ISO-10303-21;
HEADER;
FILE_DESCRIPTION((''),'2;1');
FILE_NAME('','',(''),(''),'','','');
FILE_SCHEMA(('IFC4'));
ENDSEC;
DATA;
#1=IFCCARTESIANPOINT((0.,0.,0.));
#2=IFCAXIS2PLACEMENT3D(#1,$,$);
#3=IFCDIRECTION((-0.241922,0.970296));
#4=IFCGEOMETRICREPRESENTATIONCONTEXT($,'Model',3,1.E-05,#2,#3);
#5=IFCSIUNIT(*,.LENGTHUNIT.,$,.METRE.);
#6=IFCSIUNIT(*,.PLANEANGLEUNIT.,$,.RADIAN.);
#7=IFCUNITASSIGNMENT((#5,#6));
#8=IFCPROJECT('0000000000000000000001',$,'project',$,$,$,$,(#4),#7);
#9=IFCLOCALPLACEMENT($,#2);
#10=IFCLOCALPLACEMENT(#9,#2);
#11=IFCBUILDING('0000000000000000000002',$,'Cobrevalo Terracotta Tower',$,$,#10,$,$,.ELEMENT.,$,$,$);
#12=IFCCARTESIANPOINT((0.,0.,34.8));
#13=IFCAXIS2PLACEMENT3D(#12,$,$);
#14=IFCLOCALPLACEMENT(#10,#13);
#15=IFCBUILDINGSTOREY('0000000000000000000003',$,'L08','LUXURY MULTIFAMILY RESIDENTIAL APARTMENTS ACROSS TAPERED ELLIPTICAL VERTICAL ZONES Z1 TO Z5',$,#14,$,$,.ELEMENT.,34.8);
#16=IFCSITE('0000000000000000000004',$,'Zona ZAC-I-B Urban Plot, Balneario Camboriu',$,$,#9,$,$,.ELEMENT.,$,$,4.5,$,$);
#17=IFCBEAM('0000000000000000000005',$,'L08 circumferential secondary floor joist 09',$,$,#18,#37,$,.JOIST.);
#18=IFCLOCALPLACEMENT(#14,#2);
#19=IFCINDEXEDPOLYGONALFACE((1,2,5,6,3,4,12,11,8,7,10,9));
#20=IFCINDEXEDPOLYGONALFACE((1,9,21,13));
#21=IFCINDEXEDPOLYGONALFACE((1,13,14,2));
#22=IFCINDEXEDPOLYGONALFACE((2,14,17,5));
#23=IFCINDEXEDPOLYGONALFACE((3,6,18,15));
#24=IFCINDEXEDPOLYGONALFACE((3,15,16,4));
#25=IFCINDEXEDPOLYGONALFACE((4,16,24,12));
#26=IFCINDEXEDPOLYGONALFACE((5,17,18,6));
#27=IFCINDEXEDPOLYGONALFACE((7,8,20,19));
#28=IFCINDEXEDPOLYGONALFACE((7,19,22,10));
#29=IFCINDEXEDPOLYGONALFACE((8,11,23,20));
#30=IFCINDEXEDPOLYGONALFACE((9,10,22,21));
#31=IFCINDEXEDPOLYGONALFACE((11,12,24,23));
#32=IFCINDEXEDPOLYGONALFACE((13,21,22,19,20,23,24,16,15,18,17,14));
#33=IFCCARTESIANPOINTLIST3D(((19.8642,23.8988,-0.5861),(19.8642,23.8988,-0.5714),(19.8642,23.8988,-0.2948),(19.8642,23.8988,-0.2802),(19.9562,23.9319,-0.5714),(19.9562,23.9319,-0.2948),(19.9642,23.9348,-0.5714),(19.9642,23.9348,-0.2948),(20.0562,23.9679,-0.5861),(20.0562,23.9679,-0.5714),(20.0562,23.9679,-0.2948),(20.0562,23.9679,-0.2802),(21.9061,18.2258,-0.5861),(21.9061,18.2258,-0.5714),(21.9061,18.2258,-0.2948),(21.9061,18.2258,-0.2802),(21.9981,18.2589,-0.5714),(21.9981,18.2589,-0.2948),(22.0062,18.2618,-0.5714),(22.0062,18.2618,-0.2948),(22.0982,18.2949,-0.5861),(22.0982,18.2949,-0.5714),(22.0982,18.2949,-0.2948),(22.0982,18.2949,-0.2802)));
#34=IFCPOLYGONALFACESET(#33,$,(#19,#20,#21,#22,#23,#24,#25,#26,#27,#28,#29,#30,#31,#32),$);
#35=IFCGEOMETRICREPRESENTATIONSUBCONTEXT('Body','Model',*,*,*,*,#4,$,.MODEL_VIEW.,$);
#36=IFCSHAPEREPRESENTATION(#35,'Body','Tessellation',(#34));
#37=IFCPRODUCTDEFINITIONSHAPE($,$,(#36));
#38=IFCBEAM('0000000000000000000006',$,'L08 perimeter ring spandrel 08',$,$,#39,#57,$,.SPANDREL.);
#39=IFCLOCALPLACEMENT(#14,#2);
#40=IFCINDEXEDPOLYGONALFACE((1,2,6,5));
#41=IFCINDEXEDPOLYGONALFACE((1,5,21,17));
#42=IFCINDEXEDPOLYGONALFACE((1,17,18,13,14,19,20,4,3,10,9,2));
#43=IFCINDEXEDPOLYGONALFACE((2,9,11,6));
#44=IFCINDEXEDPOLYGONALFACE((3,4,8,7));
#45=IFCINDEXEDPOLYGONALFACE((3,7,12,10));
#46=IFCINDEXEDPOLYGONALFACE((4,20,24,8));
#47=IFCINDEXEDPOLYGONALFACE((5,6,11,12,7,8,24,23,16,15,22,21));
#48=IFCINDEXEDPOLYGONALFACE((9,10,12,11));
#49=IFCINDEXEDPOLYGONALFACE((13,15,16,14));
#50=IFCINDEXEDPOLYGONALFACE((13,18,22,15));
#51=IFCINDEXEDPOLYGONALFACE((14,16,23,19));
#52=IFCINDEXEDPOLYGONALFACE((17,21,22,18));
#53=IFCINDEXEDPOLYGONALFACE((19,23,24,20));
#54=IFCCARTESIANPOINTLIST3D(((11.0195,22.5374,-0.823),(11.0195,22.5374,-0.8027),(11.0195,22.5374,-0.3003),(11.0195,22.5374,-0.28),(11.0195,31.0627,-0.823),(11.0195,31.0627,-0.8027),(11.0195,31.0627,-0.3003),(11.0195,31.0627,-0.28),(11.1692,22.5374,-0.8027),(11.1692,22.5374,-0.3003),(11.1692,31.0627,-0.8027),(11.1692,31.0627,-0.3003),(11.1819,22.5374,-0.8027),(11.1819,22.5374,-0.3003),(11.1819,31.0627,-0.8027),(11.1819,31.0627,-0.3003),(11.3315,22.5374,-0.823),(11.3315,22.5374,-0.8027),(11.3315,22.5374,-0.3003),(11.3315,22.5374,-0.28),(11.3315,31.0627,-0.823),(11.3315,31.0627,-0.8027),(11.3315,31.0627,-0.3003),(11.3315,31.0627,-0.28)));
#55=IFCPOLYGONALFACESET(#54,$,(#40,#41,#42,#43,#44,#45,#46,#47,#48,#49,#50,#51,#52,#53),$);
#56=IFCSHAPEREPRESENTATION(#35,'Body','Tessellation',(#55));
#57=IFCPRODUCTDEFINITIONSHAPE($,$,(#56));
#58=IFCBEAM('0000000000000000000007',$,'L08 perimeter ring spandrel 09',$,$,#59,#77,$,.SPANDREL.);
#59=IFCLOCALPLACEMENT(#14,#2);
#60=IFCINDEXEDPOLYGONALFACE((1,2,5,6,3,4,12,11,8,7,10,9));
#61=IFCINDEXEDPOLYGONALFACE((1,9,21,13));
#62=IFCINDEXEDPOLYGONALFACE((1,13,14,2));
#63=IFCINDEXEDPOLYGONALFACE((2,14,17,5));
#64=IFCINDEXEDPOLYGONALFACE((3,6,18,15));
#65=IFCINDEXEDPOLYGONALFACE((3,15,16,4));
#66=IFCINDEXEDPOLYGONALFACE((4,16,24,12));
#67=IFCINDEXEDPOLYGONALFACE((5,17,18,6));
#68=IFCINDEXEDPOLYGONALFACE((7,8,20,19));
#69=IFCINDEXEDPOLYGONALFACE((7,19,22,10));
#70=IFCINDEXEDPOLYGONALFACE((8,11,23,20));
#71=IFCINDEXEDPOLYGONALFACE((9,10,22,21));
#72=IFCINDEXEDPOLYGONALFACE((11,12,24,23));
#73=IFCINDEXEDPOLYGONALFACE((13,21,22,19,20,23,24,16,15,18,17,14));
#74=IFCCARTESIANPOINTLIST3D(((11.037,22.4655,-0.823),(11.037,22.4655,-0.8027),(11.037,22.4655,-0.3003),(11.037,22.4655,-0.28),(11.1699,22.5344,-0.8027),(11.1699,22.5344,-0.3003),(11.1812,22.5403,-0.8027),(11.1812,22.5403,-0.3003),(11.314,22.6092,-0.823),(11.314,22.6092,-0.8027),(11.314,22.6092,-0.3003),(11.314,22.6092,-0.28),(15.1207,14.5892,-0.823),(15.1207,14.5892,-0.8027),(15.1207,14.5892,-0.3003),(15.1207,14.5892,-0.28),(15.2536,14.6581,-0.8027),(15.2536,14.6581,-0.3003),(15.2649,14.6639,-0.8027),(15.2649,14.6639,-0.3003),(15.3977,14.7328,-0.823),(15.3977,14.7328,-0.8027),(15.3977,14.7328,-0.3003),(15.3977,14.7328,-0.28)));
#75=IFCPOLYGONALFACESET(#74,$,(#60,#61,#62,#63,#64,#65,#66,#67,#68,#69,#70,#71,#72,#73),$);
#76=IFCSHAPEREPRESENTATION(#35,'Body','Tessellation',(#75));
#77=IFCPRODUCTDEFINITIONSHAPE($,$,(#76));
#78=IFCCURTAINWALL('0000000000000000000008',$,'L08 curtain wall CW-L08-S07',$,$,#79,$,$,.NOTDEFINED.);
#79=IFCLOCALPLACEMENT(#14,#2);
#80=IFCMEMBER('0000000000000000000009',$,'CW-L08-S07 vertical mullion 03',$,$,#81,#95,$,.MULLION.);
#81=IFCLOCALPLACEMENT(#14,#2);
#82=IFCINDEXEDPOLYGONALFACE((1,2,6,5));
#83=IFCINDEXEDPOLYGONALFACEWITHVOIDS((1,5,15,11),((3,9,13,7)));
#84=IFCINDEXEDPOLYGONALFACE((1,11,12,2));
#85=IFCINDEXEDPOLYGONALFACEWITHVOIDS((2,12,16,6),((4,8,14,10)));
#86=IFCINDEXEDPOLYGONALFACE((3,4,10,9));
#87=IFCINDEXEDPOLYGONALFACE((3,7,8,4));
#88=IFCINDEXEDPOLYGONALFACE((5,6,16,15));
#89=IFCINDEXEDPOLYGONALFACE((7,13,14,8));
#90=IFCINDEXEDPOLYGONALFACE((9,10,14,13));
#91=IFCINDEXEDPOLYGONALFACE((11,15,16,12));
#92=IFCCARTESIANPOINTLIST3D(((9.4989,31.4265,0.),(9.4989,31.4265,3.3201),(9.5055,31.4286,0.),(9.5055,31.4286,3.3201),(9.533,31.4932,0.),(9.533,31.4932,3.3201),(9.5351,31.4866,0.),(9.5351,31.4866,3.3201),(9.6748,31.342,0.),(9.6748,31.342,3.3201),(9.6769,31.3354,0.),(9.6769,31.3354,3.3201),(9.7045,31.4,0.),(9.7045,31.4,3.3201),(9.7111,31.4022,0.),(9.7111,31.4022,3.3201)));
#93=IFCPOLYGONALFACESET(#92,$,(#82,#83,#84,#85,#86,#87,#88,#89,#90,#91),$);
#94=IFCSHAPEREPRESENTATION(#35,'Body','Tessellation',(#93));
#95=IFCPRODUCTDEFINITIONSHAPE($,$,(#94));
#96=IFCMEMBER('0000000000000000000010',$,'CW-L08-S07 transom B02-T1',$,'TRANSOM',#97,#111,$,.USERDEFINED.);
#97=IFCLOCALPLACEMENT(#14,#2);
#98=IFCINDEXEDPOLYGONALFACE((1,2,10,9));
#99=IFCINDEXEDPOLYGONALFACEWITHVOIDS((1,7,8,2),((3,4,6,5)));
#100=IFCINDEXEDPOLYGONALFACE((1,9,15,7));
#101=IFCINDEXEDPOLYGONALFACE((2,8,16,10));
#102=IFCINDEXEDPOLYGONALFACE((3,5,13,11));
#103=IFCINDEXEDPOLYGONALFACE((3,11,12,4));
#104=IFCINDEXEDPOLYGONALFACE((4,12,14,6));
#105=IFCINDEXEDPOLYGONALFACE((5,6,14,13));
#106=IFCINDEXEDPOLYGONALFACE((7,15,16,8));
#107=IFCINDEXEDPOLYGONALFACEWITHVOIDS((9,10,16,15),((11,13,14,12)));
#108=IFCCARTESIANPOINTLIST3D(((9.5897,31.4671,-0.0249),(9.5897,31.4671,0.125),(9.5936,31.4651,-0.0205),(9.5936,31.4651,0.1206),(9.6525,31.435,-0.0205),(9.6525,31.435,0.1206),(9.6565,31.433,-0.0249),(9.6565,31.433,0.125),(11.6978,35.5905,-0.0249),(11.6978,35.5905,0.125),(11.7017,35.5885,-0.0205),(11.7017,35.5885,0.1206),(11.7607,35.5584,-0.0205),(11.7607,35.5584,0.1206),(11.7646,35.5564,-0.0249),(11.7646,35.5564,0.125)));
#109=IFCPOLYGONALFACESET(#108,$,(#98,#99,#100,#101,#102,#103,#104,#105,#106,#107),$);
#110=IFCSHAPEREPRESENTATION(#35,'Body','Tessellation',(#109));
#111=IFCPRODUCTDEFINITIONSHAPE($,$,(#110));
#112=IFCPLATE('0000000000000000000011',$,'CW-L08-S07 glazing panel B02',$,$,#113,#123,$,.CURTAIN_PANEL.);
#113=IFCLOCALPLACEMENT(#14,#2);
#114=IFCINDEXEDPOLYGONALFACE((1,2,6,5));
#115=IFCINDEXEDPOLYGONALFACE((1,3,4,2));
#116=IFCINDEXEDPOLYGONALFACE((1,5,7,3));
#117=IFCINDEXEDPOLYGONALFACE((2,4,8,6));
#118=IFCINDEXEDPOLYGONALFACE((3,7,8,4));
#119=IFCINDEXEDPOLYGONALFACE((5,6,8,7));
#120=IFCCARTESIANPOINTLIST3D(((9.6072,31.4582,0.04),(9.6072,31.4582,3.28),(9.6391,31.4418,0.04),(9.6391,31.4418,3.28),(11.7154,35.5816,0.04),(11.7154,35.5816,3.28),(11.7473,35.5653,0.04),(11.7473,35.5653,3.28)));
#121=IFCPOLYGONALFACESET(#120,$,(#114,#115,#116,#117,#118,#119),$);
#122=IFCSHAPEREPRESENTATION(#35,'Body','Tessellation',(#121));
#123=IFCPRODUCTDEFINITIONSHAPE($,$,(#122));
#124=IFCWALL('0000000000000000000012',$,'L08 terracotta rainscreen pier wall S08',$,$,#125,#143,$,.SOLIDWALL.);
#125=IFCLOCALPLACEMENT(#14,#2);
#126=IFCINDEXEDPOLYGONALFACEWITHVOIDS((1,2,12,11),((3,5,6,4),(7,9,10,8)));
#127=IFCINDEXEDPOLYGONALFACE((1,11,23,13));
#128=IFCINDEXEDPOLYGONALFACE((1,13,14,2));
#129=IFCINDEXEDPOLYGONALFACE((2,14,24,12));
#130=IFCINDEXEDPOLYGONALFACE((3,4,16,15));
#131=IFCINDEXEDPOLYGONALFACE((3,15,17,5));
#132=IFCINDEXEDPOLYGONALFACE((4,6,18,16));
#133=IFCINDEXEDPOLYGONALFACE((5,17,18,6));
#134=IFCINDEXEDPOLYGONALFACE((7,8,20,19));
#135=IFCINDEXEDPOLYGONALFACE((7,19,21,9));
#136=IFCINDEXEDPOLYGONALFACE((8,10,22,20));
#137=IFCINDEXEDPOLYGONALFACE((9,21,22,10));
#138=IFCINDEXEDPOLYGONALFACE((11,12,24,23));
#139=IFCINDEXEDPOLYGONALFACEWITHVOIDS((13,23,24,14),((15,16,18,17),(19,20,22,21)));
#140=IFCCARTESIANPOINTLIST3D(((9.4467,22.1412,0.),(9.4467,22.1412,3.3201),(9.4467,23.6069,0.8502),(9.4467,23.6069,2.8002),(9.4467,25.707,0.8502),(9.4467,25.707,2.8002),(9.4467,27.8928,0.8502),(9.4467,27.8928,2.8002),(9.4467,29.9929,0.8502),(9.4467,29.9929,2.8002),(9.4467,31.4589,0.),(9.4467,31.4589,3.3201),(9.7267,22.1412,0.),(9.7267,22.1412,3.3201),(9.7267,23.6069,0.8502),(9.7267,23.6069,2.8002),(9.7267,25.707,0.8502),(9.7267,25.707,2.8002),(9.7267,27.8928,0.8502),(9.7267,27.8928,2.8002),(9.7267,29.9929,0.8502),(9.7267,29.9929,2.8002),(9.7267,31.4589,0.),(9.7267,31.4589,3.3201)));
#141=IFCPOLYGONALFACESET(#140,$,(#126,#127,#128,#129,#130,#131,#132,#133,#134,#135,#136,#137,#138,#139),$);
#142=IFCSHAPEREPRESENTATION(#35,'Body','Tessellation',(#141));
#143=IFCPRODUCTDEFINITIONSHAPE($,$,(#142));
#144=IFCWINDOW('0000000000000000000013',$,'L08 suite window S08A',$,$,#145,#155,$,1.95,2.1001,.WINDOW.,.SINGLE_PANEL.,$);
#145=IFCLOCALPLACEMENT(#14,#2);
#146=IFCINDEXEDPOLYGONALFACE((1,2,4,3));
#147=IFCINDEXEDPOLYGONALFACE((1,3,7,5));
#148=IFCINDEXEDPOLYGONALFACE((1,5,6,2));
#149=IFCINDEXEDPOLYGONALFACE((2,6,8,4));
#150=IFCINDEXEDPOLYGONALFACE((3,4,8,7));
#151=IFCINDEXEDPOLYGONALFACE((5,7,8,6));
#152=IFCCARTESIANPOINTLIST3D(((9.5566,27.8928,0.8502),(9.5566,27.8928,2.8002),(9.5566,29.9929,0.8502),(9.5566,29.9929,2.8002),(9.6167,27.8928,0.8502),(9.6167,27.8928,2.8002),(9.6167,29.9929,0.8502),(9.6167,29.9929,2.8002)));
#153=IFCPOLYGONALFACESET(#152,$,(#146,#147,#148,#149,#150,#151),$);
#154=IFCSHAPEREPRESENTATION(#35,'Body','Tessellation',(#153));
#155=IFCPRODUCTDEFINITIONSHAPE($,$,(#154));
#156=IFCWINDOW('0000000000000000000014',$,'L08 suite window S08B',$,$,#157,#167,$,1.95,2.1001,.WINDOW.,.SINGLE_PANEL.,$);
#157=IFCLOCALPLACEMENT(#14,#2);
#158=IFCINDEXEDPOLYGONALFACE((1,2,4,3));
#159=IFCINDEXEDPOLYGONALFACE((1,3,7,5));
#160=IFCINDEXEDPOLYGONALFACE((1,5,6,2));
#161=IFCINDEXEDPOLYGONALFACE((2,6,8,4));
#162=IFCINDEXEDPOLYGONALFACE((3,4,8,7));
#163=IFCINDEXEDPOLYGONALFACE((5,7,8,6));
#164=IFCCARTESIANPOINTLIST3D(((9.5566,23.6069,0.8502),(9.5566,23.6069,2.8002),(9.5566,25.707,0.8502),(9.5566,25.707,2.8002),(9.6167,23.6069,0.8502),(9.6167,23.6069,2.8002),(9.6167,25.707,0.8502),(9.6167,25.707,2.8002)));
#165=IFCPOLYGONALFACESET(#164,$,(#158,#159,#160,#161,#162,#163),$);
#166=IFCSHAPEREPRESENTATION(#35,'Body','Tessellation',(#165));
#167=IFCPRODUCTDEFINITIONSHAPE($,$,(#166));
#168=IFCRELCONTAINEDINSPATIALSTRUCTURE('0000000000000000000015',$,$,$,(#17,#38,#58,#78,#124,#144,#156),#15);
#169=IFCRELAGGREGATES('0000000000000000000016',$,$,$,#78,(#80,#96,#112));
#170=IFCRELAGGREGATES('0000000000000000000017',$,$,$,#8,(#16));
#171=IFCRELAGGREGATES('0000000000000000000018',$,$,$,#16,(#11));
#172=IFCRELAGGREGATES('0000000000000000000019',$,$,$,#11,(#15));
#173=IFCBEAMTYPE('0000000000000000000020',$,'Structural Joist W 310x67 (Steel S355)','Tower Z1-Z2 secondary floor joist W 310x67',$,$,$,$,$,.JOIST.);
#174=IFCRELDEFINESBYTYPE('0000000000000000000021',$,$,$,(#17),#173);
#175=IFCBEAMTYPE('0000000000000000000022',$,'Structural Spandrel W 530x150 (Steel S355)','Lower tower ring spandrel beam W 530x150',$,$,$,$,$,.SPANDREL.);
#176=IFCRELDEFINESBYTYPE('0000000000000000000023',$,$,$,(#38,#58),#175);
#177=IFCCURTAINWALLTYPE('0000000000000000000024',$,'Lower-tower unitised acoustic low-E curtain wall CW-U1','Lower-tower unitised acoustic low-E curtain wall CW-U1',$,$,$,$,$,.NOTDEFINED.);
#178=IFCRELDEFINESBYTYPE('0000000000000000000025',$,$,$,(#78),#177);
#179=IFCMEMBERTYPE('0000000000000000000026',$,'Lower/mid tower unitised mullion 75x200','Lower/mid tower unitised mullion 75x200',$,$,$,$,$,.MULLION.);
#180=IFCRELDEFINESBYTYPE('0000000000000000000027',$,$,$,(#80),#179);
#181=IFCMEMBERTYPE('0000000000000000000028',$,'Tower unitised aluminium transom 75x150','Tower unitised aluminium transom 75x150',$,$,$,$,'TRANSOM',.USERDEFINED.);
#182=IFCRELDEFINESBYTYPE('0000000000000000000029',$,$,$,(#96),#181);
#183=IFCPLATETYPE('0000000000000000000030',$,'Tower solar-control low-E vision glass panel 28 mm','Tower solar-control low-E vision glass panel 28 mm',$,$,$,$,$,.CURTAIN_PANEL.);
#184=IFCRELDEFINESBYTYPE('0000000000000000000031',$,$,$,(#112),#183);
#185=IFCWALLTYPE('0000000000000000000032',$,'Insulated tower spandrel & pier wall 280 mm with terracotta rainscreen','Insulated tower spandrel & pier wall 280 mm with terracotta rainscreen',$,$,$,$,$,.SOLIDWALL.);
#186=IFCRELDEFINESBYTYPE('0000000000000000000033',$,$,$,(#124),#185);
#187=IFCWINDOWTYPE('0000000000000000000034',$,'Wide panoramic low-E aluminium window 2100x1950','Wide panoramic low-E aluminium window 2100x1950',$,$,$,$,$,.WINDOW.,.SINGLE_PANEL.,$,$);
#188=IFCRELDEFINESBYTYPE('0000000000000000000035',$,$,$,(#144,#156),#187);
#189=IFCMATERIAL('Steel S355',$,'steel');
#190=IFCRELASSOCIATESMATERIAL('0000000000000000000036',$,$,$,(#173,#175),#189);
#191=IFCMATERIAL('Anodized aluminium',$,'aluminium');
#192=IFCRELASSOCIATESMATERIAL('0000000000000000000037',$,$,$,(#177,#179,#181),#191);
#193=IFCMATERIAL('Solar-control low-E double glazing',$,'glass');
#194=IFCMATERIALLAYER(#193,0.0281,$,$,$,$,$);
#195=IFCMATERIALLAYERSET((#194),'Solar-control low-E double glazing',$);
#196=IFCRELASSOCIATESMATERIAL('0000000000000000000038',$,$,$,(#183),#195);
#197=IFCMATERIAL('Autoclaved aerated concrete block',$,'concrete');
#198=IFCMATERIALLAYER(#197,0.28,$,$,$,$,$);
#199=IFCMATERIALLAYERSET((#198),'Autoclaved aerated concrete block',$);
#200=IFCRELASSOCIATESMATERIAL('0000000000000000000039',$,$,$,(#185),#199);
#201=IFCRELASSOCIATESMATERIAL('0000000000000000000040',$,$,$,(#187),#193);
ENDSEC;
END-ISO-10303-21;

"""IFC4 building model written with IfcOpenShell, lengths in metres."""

from ifc_helpers import new_model, si_unit, direction, frame, frame_2d, origin, origin_2d, place, context, subcontext, project, spatial, rectangle, hollow_rectangle, i_section, extrude, source, transform, mapped, material, layer, layer_set, material_profile, profile_set, type_object, element, fill, aggregate, save


model = new_model("IFC4")

# Units and contexts
model_context = context("Model", 3, precision=1e-05, world=origin(), true_north=direction((-0.241922, 0.970296)))
body_context = subcontext(model_context, "Body", "Model", "MODEL_VIEW")
ifc_project = project(units=[si_unit("LENGTHUNIT", "METRE"), si_unit("PLANEANGLEUNIT", "RADIAN")], contexts=[model_context])

# Site, building, storey
site_placement = place(None, origin())
site = spatial("IfcSite", under=ifc_project, at=site_placement, Name="Zona ZAC-I-B Urban Plot, Balneario Camboriu", CompositionType="ELEMENT", RefElevation=4.5)
building_placement = place(site_placement, origin())
building = spatial("IfcBuilding", under=site, at=building_placement, Name="Cobrevalo Terracotta Tower", CompositionType="ELEMENT")
storey_placement = place(building_placement, frame((0.0, 0.0, 34.8)))
storey = spatial("IfcBuildingStorey", under=building, at=storey_placement, Name="L08", Description="LUXURY MULTIFAMILY RESIDENTIAL APARTMENTS ACROSS TAPERED ELLIPTICAL VERTICAL ZONES Z1 TO Z5", CompositionType="ELEMENT", Elevation=34.8)

# Shared definitions
ifc_material_1 = material(Name="Steel S355", Category="steel")

# Beams
ifc_material_profile_1 = material_profile(ifc_material_1, i_section(OverallWidth=0.2041, OverallDepth=0.3059, WebThickness=0.0085, FlangeThickness=0.0146, at=origin_2d()), Name="W 310x67")
ifc_profile_set_1 = profile_set([ifc_material_profile_1], Name="Steel S355")
beam_type_1 = type_object("IfcBeamType", Name="Structural Joist W 310x67 (Steel S355)", Description="Tower Z1-Z2 secondary floor joist W 310x67", PredefinedType="JOIST", material=ifc_profile_set_1)
beam_1_placement = place(storey_placement, frame((19.9602, 23.9333, -0.4331), z_axis=(0.338672, -0.940904, 0.0), x_axis=(0.940904, 0.338672, 0.0)))
element("IfcBeam", 1, at=beam_1_placement, inside=storey, type_object=beam_type_1, Name="L08 circumferential secondary floor joist 09", PredefinedType="JOIST", context=body_context, shape_type="SweptSolid", body=[
    extrude(i_section(OverallWidth=0.2041, OverallDepth=0.3059, WebThickness=0.0085, FlangeThickness=0.0146, at=origin_2d()), origin(), (0.0, 0.0, 1.0), 6.0293),
])
ifc_material_profile_2 = material_profile(ifc_material_1, i_section(OverallWidth=0.312, OverallDepth=0.543, WebThickness=0.0127, FlangeThickness=0.0203, at=origin_2d()), Name="W 530x150")
ifc_profile_set_2 = profile_set([ifc_material_profile_2], Name="Steel S355")
beam_type_2 = type_object("IfcBeamType", Name="Structural Spandrel W 530x150 (Steel S355)", Description="Lower tower ring spandrel beam W 530x150", PredefinedType="SPANDREL", material=ifc_profile_set_2)
beam_2_placement = place(storey_placement, frame((11.1755, 31.0627, -0.5515), z_axis=(0.0, -1.0, 0.0), x_axis=(1.0, 0.0, 0.0)))
element("IfcBeam", 2, at=beam_2_placement, inside=storey, type_object=beam_type_2, Name="L08 perimeter ring spandrel 08", PredefinedType="SPANDREL", context=body_context, shape_type="SweptSolid", body=[
    extrude(i_section(OverallWidth=0.312, OverallDepth=0.543, WebThickness=0.0127, FlangeThickness=0.0203, at=origin_2d()), origin(), (0.0, 0.0, 1.0), 8.5254),
])
beam_3_placement = place(storey_placement, frame((11.1755, 22.5374, -0.5515), z_axis=(0.460286, -0.887771, 0.0), x_axis=(0.887771, 0.460286, 0.0)))
element("IfcBeam", 3, at=beam_3_placement, inside=storey, type_object=beam_type_2, Name="L08 perimeter ring spandrel 09", PredefinedType="SPANDREL", context=body_context, shape_type="SweptSolid", body=[
    extrude(i_section(OverallWidth=0.312, OverallDepth=0.543, WebThickness=0.0127, FlangeThickness=0.0203, at=origin_2d()), origin(), (0.0, 0.0, 1.0), 8.8721),
])

# Curtain wall, members, plate
ifc_material_2 = material(Name="Anodized aluminium", Category="aluminium")
curtain_wall_type = type_object("IfcCurtainWallType", Name="Lower-tower unitised acoustic low-E curtain wall CW-U1", Description="Lower-tower unitised acoustic low-E curtain wall CW-U1", PredefinedType="NOTDEFINED", material=ifc_material_2)
curtain_wall_placement = place(storey_placement, origin())
curtain_wall = element("IfcCurtainWall", 4, at=curtain_wall_placement, inside=storey, type_object=curtain_wall_type, Name="L08 curtain wall CW-L08-S07", PredefinedType="NOTDEFINED")
ifc_material_profile_3 = material_profile(ifc_material_2, hollow_rectangle(XDim=0.075, YDim=0.2, WallThickness=0.0049, at=origin_2d()), Name="CWM 75x200")
ifc_profile_set_3 = profile_set([ifc_material_profile_3], Name="Anodized aluminium")
member_type_1 = type_object("IfcMemberType", Name="Lower/mid tower unitised mullion 75x200", Description="Lower/mid tower unitised mullion 75x200", PredefinedType="MULLION", material=ifc_profile_set_3)
shared_shape_1 = source(origin(), body_context, "Body", "SweptSolid", [
    extrude(hollow_rectangle(XDim=0.075, YDim=0.2, WallThickness=0.0049, at=origin_2d()), origin(), (0.0, 0.0, 1.0), 3.3201),
])
member_1_placement = place(storey_placement, frame((9.605, 31.4143, 0.0), z_axis=(0.0, 0.0, 1.0), x_axis=(-0.455234, -0.890372, 0.0)))
member_1 = element("IfcMember", 5, at=member_1_placement, type_object=member_type_1, Name="CW-L08-S07 vertical mullion 03", PredefinedType="MULLION", context=body_context, shape_type="MappedRepresentation", body=[
    mapped(shared_shape_1, transform((0.0, 0.0, 0.0), scale=1.0)),
])
ifc_material_profile_4 = material_profile(ifc_material_2, hollow_rectangle(XDim=0.075, YDim=0.1499, WallThickness=0.0044, at=origin_2d()), Name="CWT 75x150")
ifc_profile_set_4 = profile_set([ifc_material_profile_4], Name="Anodized aluminium")
member_type_2 = type_object("IfcMemberType", Name="Tower unitised aluminium transom 75x150", Description="Tower unitised aluminium transom 75x150", ElementType="TRANSOM", PredefinedType="USERDEFINED", material=ifc_profile_set_4)
shared_shape_2 = source(origin(), body_context, "Body", "SweptSolid", [
    extrude(hollow_rectangle(XDim=0.075, YDim=0.1499, WallThickness=0.0044, at=origin_2d()), origin(), (0.0, 0.0, 1.0), 4.6311),
])
member_2_placement = place(storey_placement, frame((11.7312, 35.5735, 0.05), z_axis=(-0.455209, -0.890385, 0.0), x_axis=(0.890385, -0.455209, 0.0)))
member_2 = element("IfcMember", 6, at=member_2_placement, type_object=member_type_2, Name="CW-L08-S07 transom B02-T1", ObjectType="TRANSOM", PredefinedType="USERDEFINED", context=body_context, shape_type="MappedRepresentation", body=[
    mapped(shared_shape_2, transform((0.0, 0.0, 0.0), scale=1.0)),
])
ifc_material_3 = material(Name="Solar-control low-E double glazing", Category="glass")
ifc_layer_1 = layer(ifc_material_3, 0.0281)
ifc_layer_set_1 = layer_set([ifc_layer_1], Name="Solar-control low-E double glazing")
plate_type = type_object("IfcPlateType", Name="Tower solar-control low-E vision glass panel 28 mm", Description="Tower solar-control low-E vision glass panel 28 mm", PredefinedType="CURTAIN_PANEL", material=ifc_layer_set_1)
shared_shape_3 = source(origin(), body_context, "Body", "SweptSolid", [
    extrude(rectangle(XDim=4.6311, YDim=0.0359, at=origin_2d()), origin(), (0.0, 0.0, 1.0), 3.24),
])
plate_placement = place(storey_placement, frame((10.6772, 33.5117, 0.04), z_axis=(0.0, 0.0, 1.0), x_axis=(-0.455231, -0.890373, 0.0)))
plate = element("IfcPlate", 7, at=plate_placement, type_object=plate_type, Name="CW-L08-S07 glazing panel B02", PredefinedType="CURTAIN_PANEL", context=body_context, shape_type="MappedRepresentation", body=[
    mapped(shared_shape_3, transform((0.0, 0.0, 0.0), scale=1.0)),
])
aggregate(curtain_wall, [member_1, member_2, plate])

# Wall, openings, windows
ifc_material_4 = material(Name="Autoclaved aerated concrete block", Category="concrete")
ifc_layer_2 = layer(ifc_material_4, 0.28)
ifc_layer_set_2 = layer_set([ifc_layer_2], Name="Autoclaved aerated concrete block")
wall_type_1 = type_object("IfcWallType", Name="Insulated tower spandrel & pier wall 280 mm with terracotta rainscreen", Description="Insulated tower spandrel & pier wall 280 mm with terracotta rainscreen", PredefinedType="SOLIDWALL", material=ifc_layer_set_2)
wall_1_placement = place(storey_placement, frame((9.5867, 31.4587, 0.0), z_axis=(0.0, 0.0, 1.0), x_axis=(0.0, -1.0, 0.0)))
wall_1 = element("IfcWall", 8, at=wall_1_placement, inside=storey, type_object=wall_type_1, Name="L08 terracotta rainscreen pier wall S08", PredefinedType="SOLIDWALL", context=body_context, shape_type="SweptSolid", body=[
    extrude(rectangle(XDim=9.3176, YDim=0.28, at=frame_2d((4.6587, 0.0))), origin(), (0.0, 0.0, 1.0), 3.3201),
])
opening_1_placement = place(wall_1_placement, frame((1.4658, 0.0, 0.8501)))
opening_1 = element("IfcOpeningElement", 9, at=opening_1_placement, cuts=wall_1, PredefinedType="OPENING", context=body_context, shape_type="SweptSolid", body=[
    extrude(rectangle(XDim=2.1001, YDim=1.95, at=frame_2d((1.05, 0.9751))), frame((0.0, 0.1499, 0.0), z_axis=(0.0, -1.0, 0.0), x_axis=(1.0, 0.0, 0.0)), (0.0, 0.0, 1.0), 0.3),
])
opening_2_placement = place(wall_1_placement, frame((5.7517, 0.0, 0.8501)))
opening_2 = element("IfcOpeningElement", 10, at=opening_2_placement, cuts=wall_1, PredefinedType="OPENING", context=body_context, shape_type="SweptSolid", body=[
    extrude(rectangle(XDim=2.1001, YDim=1.95, at=frame_2d((1.05, 0.9751))), frame((0.0, 0.1499, 0.0), z_axis=(0.0, -1.0, 0.0), x_axis=(1.0, 0.0, 0.0)), (0.0, 0.0, 1.0), 0.3),
])
window_type = type_object("IfcWindowType", Name="Wide panoramic low-E aluminium window 2100x1950", Description="Wide panoramic low-E aluminium window 2100x1950", PartitioningType="SINGLE_PANEL", PredefinedType="WINDOW", material=ifc_material_3)
shared_shape_4 = source(origin(), body_context, "Body", "SweptSolid", [
    extrude(rectangle(XDim=2.1001, YDim=1.95, at=frame_2d((1.05, 0.9751))), frame((0.0, 0.03, 0.0), z_axis=(0.0, -1.0, 0.0), x_axis=(1.0, 0.0, 0.0)), (0.0, 0.0, 1.0), 0.0601),
])
window_1_placement = place(opening_1_placement, origin())
window_1 = element("IfcWindow", 11, at=window_1_placement, inside=storey, type_object=window_type, Name="L08 suite window S08A", OverallHeight=1.95, OverallWidth=2.1001, PartitioningType="SINGLE_PANEL", PredefinedType="WINDOW", context=body_context, shape_type="MappedRepresentation", body=[
    mapped(shared_shape_4, transform((0.0, 0.0, 0.0), scale=1.0)),
])
fill(opening_1, window_1)
window_2_placement = place(opening_2_placement, origin())
window_2 = element("IfcWindow", 12, at=window_2_placement, inside=storey, type_object=window_type, Name="L08 suite window S08B", OverallHeight=1.95, OverallWidth=2.1001, PartitioningType="SINGLE_PANEL", PredefinedType="WINDOW", context=body_context, shape_type="MappedRepresentation", body=[
    mapped(shared_shape_4, transform((0.0, 0.0, 0.0), scale=1.0)),
])
fill(opening_2, window_2)

save(model, "model.ifc")
